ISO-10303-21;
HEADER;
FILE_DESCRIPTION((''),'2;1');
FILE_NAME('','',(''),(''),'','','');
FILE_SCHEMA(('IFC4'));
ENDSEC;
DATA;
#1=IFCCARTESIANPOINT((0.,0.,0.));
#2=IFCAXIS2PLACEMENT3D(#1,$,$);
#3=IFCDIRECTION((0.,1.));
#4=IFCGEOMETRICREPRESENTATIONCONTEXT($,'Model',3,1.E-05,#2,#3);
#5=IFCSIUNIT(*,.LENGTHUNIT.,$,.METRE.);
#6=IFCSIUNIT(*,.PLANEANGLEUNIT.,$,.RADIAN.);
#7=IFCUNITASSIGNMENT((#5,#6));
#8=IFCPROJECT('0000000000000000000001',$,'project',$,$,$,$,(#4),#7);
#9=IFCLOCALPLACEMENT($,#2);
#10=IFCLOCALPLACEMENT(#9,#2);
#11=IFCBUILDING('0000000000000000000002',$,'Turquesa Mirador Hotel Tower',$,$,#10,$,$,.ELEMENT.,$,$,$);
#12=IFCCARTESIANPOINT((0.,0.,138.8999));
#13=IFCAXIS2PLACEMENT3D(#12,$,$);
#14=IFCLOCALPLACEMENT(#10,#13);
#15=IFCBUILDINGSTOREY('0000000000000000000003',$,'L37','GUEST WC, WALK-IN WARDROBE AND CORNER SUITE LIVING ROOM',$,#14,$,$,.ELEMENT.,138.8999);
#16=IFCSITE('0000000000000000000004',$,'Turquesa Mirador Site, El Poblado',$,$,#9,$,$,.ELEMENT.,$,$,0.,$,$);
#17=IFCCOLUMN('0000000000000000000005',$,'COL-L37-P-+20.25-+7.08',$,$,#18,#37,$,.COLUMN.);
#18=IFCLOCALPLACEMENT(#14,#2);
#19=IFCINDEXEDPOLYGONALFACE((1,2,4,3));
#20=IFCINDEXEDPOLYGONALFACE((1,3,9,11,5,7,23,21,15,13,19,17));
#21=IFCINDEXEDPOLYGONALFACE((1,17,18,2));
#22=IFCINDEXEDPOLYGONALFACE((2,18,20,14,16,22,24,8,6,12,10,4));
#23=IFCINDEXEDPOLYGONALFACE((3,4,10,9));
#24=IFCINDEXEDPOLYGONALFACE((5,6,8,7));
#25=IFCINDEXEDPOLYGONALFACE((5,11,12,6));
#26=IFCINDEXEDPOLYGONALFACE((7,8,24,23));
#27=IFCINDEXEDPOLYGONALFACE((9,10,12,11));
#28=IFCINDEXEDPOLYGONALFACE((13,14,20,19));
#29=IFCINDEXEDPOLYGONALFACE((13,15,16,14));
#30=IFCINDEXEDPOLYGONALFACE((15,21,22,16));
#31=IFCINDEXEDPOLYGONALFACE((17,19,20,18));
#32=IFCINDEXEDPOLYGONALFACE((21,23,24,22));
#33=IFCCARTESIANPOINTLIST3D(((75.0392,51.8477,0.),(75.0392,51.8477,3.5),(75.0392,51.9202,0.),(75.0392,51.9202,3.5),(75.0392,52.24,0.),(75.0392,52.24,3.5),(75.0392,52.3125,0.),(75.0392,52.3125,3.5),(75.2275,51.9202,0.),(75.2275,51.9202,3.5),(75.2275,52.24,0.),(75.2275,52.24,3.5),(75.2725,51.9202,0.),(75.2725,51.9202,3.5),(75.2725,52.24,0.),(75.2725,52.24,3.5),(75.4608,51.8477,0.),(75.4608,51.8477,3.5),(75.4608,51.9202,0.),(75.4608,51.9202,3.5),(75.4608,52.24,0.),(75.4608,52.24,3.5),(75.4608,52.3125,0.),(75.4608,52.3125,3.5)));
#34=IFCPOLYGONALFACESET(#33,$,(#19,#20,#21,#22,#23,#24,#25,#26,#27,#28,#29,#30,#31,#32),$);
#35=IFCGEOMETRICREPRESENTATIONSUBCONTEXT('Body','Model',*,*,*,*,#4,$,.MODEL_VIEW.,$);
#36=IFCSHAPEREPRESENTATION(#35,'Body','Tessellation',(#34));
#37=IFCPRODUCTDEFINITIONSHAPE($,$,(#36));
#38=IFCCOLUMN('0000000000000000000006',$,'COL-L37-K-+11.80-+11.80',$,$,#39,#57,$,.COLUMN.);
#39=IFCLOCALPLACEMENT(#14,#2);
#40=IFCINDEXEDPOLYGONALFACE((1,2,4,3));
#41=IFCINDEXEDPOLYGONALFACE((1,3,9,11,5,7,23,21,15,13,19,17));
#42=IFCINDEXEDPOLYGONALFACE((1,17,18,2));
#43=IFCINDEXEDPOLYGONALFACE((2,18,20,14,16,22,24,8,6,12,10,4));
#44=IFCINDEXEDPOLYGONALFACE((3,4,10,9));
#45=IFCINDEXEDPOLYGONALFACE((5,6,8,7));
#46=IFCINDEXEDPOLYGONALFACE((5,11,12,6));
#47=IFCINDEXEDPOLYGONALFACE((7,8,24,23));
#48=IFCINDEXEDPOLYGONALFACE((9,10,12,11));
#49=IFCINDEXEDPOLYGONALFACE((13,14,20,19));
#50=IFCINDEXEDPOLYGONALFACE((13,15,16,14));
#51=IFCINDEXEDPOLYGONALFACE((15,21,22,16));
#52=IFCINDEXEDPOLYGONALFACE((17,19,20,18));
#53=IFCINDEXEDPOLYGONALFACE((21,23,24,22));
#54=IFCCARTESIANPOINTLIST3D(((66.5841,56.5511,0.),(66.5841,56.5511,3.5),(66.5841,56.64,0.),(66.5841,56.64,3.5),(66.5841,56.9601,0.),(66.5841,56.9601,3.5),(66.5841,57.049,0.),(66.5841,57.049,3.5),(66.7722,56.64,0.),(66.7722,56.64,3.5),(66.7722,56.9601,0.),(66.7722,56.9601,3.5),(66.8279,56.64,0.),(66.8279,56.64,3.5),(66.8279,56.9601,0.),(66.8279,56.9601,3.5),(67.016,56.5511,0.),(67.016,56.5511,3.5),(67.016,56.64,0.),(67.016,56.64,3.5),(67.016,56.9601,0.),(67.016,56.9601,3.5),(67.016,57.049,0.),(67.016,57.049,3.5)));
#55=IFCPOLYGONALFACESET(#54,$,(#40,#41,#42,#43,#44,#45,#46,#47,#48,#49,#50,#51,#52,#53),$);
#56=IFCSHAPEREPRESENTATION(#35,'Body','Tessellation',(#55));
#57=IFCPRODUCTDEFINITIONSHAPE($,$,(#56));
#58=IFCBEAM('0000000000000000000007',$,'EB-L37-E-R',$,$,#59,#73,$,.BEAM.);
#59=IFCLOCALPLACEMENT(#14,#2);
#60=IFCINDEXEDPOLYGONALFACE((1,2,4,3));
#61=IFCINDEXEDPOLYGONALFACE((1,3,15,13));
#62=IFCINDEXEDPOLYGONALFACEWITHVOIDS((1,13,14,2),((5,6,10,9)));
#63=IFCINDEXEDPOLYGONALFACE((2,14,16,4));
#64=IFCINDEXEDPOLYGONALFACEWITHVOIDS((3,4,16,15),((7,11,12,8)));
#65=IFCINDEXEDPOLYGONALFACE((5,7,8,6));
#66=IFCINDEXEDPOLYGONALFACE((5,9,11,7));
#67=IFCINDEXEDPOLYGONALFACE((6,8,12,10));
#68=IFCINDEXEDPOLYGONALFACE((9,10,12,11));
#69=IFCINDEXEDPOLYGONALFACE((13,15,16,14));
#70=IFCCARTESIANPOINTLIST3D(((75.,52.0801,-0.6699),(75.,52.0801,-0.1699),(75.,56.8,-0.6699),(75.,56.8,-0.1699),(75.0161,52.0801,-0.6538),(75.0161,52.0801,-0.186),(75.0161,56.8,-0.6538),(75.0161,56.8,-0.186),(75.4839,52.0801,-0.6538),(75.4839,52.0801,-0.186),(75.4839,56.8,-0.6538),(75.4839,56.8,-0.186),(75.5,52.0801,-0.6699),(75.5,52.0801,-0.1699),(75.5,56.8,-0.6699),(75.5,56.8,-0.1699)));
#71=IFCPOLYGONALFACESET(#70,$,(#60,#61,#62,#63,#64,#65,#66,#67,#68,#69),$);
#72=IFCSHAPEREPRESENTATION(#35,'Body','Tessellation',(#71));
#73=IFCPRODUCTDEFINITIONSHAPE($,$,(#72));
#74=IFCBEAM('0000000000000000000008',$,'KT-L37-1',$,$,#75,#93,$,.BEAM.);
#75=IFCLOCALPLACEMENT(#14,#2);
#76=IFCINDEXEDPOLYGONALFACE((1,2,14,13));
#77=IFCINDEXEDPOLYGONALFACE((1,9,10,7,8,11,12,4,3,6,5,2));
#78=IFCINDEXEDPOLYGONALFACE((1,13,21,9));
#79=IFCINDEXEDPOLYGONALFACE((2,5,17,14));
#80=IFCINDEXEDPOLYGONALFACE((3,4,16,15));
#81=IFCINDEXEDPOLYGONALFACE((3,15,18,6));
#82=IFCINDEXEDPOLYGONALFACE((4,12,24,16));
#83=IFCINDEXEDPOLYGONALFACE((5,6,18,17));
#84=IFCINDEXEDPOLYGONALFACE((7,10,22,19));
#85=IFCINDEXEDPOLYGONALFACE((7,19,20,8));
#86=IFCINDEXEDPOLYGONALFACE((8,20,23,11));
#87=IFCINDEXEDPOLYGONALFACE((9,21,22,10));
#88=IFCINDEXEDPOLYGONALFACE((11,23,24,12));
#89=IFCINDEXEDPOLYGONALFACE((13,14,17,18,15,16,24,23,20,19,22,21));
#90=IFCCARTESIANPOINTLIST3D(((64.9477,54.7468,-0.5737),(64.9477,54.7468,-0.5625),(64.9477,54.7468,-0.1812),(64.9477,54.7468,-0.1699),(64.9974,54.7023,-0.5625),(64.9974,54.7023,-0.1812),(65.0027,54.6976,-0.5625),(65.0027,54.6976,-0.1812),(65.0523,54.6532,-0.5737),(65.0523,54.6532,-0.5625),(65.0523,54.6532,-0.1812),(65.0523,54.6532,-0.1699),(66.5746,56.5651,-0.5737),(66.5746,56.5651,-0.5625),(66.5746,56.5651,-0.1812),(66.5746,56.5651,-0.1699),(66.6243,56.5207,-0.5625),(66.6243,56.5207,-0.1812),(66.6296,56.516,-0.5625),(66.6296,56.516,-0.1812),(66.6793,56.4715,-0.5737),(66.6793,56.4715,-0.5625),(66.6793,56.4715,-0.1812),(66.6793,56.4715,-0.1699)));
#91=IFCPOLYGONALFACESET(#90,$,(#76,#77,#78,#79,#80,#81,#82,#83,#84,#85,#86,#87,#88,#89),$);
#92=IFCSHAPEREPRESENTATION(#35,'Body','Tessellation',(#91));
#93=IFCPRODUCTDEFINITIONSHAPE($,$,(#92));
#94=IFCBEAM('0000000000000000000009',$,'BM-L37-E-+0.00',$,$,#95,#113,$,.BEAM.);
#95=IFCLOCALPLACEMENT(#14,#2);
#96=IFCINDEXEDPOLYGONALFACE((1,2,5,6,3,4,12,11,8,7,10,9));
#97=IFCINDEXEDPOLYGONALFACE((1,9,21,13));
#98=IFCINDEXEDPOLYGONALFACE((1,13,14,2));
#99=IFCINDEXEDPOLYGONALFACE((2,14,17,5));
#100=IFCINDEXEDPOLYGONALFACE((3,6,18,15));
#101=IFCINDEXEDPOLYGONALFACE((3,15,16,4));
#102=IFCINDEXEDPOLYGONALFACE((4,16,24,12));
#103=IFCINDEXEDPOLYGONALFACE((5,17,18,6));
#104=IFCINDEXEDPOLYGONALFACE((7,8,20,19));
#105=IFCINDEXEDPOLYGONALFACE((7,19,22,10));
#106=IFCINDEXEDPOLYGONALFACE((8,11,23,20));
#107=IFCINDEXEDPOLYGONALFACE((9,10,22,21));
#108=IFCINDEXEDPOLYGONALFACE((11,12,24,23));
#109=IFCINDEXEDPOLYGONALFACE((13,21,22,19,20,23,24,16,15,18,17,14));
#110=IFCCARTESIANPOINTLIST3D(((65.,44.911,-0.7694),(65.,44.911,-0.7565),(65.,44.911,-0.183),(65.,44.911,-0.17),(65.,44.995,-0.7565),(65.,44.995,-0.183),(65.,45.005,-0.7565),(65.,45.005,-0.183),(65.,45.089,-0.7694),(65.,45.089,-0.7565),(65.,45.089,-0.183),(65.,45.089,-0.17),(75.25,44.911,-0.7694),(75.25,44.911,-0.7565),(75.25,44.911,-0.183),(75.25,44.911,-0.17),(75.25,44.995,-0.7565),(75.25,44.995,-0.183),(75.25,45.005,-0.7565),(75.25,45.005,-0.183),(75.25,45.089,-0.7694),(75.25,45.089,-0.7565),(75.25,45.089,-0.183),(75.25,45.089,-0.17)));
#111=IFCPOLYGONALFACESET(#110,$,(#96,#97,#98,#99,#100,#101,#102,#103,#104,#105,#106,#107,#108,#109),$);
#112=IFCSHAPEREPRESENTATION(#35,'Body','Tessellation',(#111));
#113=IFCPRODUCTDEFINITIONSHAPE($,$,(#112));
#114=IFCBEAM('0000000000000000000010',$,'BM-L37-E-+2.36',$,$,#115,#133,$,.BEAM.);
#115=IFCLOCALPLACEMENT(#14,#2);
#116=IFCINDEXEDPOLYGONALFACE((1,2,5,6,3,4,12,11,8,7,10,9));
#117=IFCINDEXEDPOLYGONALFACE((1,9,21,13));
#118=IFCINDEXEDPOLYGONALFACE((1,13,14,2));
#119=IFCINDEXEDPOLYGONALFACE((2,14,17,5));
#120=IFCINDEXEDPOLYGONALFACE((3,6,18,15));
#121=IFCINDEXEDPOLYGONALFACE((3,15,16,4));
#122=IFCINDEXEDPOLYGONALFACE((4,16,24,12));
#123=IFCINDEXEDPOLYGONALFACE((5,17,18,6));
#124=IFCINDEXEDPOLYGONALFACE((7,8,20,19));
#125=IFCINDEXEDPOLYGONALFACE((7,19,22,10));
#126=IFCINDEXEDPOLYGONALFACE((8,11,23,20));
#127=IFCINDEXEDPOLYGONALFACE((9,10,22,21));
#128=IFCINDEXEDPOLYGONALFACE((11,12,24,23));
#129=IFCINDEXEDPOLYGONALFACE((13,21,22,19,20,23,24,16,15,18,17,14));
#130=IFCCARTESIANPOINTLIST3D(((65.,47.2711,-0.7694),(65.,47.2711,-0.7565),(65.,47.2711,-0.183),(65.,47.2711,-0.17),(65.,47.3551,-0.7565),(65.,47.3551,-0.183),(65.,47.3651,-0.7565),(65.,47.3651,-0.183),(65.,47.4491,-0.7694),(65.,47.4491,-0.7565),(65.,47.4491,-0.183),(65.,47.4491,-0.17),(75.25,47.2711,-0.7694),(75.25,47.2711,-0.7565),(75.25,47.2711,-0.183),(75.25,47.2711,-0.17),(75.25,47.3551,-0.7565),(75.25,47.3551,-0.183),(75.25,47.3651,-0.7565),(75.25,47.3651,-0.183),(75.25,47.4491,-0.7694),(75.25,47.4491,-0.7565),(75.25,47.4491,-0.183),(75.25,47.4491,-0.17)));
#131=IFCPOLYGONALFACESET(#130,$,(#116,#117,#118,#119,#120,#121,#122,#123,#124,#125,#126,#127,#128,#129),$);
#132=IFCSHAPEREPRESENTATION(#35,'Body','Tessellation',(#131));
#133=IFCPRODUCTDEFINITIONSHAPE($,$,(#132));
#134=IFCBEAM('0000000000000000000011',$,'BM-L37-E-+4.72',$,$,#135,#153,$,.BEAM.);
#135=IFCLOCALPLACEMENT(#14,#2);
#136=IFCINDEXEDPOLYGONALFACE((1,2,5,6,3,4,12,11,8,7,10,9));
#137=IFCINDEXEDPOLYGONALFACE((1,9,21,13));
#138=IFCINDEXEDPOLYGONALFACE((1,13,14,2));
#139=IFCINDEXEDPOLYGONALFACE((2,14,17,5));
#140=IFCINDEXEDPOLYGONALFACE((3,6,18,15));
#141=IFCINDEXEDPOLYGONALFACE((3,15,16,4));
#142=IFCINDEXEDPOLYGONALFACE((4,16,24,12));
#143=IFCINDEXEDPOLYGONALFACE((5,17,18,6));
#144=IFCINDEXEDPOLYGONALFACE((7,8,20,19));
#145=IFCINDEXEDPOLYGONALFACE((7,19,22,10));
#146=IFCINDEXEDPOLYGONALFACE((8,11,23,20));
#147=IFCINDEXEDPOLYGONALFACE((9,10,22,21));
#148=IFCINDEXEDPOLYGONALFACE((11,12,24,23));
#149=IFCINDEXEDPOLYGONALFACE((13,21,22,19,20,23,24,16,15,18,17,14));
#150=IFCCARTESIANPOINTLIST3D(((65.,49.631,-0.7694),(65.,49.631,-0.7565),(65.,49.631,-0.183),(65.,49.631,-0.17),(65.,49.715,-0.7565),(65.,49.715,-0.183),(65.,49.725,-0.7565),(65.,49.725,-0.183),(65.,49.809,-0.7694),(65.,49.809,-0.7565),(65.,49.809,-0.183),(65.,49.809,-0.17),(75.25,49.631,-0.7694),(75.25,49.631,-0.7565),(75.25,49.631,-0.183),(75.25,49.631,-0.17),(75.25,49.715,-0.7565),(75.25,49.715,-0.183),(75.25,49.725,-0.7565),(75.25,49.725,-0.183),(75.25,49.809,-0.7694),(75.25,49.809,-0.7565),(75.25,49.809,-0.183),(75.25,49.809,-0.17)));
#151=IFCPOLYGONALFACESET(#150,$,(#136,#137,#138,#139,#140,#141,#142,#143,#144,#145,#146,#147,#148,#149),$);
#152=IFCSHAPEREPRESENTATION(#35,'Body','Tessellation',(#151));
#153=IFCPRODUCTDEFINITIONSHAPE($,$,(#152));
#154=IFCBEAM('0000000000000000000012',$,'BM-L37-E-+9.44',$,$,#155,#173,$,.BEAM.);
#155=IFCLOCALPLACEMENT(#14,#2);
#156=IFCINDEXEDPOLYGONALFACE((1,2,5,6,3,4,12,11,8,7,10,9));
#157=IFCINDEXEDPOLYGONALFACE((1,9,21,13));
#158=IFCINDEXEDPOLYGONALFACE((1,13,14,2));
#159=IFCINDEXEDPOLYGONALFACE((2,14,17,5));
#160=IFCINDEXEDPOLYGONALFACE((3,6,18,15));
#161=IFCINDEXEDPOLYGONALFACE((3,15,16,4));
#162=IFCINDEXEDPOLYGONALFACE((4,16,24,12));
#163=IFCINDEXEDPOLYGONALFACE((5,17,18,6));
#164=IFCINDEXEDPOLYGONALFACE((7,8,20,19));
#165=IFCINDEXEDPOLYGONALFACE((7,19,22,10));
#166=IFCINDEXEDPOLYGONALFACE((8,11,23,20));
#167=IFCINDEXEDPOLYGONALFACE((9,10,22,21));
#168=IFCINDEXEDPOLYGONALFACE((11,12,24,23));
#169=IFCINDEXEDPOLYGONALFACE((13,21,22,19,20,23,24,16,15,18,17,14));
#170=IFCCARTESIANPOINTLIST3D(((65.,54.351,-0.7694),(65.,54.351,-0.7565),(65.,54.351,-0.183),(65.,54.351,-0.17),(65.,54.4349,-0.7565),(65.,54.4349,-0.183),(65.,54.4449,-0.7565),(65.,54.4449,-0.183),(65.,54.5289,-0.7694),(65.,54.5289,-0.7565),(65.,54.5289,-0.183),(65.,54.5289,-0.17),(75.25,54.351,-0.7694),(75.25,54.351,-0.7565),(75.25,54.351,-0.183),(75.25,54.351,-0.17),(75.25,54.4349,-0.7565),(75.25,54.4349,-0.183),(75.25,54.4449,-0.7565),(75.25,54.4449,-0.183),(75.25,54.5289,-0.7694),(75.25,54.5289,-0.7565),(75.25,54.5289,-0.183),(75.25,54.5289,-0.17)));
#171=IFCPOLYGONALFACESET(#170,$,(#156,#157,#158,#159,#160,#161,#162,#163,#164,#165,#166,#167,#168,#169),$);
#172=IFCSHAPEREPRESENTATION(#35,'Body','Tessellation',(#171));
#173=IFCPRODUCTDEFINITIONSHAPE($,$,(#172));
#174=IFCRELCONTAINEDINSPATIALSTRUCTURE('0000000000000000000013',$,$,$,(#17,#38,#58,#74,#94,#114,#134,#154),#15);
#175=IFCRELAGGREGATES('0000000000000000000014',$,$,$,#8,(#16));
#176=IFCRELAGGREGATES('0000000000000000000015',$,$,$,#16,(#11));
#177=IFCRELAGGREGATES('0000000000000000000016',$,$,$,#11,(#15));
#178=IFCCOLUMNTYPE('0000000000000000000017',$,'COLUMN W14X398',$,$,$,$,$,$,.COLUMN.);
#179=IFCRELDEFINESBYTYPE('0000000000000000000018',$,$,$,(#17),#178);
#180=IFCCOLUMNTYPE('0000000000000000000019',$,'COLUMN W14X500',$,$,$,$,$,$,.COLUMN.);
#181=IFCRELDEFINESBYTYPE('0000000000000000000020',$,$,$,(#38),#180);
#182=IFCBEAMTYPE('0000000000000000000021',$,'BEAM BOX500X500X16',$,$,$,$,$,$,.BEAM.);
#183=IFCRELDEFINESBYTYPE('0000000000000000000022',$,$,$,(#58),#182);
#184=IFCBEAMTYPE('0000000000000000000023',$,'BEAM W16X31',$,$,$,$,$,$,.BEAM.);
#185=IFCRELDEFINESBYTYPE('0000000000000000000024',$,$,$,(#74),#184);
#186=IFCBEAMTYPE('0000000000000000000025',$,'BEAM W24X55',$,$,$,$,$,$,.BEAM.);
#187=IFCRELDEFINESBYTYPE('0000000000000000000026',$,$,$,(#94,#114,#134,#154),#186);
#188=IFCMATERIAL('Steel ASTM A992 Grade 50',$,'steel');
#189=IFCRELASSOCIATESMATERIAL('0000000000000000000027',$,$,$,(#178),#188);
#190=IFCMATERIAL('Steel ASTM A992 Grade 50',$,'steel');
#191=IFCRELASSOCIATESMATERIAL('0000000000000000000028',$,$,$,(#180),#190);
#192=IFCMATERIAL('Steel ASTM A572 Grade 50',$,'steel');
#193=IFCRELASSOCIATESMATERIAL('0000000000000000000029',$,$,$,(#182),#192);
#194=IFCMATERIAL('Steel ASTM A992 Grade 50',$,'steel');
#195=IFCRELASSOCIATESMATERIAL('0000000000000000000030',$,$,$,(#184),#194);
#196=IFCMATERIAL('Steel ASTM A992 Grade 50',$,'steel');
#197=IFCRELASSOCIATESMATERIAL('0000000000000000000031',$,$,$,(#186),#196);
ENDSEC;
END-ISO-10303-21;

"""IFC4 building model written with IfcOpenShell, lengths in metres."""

from ifc_helpers import new_model, si_unit, direction, frame, origin, origin_2d, place, context, subcontext, project, spatial, hollow_rectangle, i_section, extrude, material, material_profile, profile_set, type_object, element, save


model = new_model("IFC4")

# Units and contexts
model_context = context("Model", 3, precision=1e-05, world=origin(), true_north=direction((0.0, 1.0)))
body_context = subcontext(model_context, "Body", "Model", "MODEL_VIEW")
ifc_project = project(units=[si_unit("LENGTHUNIT", "METRE"), si_unit("PLANEANGLEUNIT", "RADIAN")], contexts=[model_context])

# Site, building, storey
site_placement = place(None, origin())
site = spatial("IfcSite", under=ifc_project, at=site_placement, Name="Turquesa Mirador Site, El Poblado", CompositionType="ELEMENT", RefElevation=0.0)
building_placement = place(site_placement, origin())
building = spatial("IfcBuilding", under=site, at=building_placement, Name="Turquesa Mirador Hotel Tower", CompositionType="ELEMENT")
storey_placement = place(building_placement, frame((0.0, 0.0, 138.8999)))
storey = spatial("IfcBuildingStorey", under=building, at=storey_placement, Name="L37", Description="GUEST WC, WALK-IN WARDROBE AND CORNER SUITE LIVING ROOM", CompositionType="ELEMENT", Elevation=138.8999)

# Columns
ifc_material_1 = material(Name="Steel ASTM A992 Grade 50", Category="steel")
ifc_material_profile_1 = material_profile(ifc_material_1, i_section(OverallWidth=0.4216, OverallDepth=0.4648, WebThickness=0.0449, FlangeThickness=0.0725, at=origin_2d()), Name="W14X398")
ifc_profile_set_1 = profile_set([ifc_material_profile_1], Name="Steel ASTM A992 Grade 50")
column_type_1 = type_object("IfcColumnType", Name="COLUMN W14X398", PredefinedType="COLUMN", material=ifc_profile_set_1)
column_1_placement = place(storey_placement, frame((75.25, 52.0801, 0.0), z_axis=(0.0, 0.0, 1.0), x_axis=(1.0, 0.0, 0.0)))
element("IfcColumn", 1, at=column_1_placement, inside=storey, type_object=column_type_1, Name="COL-L37-P-+20.25-+7.08", PredefinedType="COLUMN", context=body_context, shape_type="SweptSolid", body=[
    extrude(i_section(OverallWidth=0.4216, OverallDepth=0.4648, WebThickness=0.0449, FlangeThickness=0.0725, at=origin_2d()), origin(), (0.0, 0.0, 1.0), 3.5),
])
ifc_material_2 = material(Name="Steel ASTM A992 Grade 50", Category="steel")
ifc_material_profile_2 = material_profile(ifc_material_2, i_section(OverallWidth=0.4319, OverallDepth=0.4978, WebThickness=0.0557, FlangeThickness=0.0889, at=origin_2d()), Name="W14X500")
ifc_profile_set_2 = profile_set([ifc_material_profile_2], Name="Steel ASTM A992 Grade 50")
column_type_2 = type_object("IfcColumnType", Name="COLUMN W14X500", PredefinedType="COLUMN", material=ifc_profile_set_2)
column_2_placement = place(storey_placement, frame((66.8, 56.8, 0.0), z_axis=(0.0, 0.0, 1.0), x_axis=(1.0, 0.0, 0.0)))
element("IfcColumn", 2, at=column_2_placement, inside=storey, type_object=column_type_2, Name="COL-L37-K-+11.80-+11.80", PredefinedType="COLUMN", context=body_context, shape_type="SweptSolid", body=[
    extrude(i_section(OverallWidth=0.4319, OverallDepth=0.4978, WebThickness=0.0557, FlangeThickness=0.0889, at=origin_2d()), origin(), (0.0, 0.0, 1.0), 3.5),
])

# Beams
ifc_material_3 = material(Name="Steel ASTM A572 Grade 50", Category="steel")
ifc_material_profile_3 = material_profile(ifc_material_3, hollow_rectangle(XDim=0.5, YDim=0.5, WallThickness=0.0161, at=origin_2d()), Name="BOX500X500X16")
ifc_profile_set_3 = profile_set([ifc_material_profile_3], Name="Steel ASTM A572 Grade 50")
beam_type_1 = type_object("IfcBeamType", Name="BEAM BOX500X500X16", PredefinedType="BEAM", material=ifc_profile_set_3)
beam_1_placement = place(storey_placement, frame((75.25, 52.0801, -0.4199), z_axis=(0.0, 1.0, 0.0), x_axis=(-1.0, 0.0, 0.0)))
element("IfcBeam", 3, at=beam_1_placement, inside=storey, type_object=beam_type_1, Name="EB-L37-E-R", PredefinedType="BEAM", context=body_context, shape_type="SweptSolid", body=[
    extrude(hollow_rectangle(XDim=0.5, YDim=0.5, WallThickness=0.0161, at=origin_2d()), origin(), (0.0, 0.0, 1.0), 4.72),
])
ifc_material_4 = material(Name="Steel ASTM A992 Grade 50", Category="steel")
ifc_material_profile_4 = material_profile(ifc_material_4, i_section(OverallWidth=0.1404, OverallDepth=0.4038, WebThickness=0.0071, FlangeThickness=0.0112, at=origin_2d()), Name="W16X31")
ifc_profile_set_4 = profile_set([ifc_material_profile_4], Name="Steel ASTM A992 Grade 50")
beam_type_2 = type_object("IfcBeamType", Name="BEAM W16X31", PredefinedType="BEAM", material=ifc_profile_set_4)
beam_2_placement = place(storey_placement, frame((66.627, 56.5183, -0.3718), z_axis=(-0.666795, -0.745241, 0.0), x_axis=(0.745241, -0.666795, 0.0)))
element("IfcBeam", 4, at=beam_2_placement, inside=storey, type_object=beam_type_2, Name="KT-L37-1", PredefinedType="BEAM", context=body_context, shape_type="SweptSolid", body=[
    extrude(i_section(OverallWidth=0.1404, OverallDepth=0.4038, WebThickness=0.0071, FlangeThickness=0.0112, at=origin_2d()), origin(), (0.0, 0.0, 1.0), 2.4399),
])
ifc_material_5 = material(Name="Steel ASTM A992 Grade 50", Category="steel")
ifc_material_profile_5 = material_profile(ifc_material_5, i_section(OverallWidth=0.178, OverallDepth=0.5994, WebThickness=0.01, FlangeThickness=0.0129, at=origin_2d()), Name="W24X55")
ifc_profile_set_5 = profile_set([ifc_material_profile_5], Name="Steel ASTM A992 Grade 50")
beam_type_3 = type_object("IfcBeamType", Name="BEAM W24X55", PredefinedType="BEAM", material=ifc_profile_set_5)
for number, where, z_axis, x_axis, name in (
    (5, (75.25, 45.0, -0.4697), (-1.0, 0.0, 0.0), (0.0, -1.0, 0.0), "BM-L37-E-+0.00"),
    (6, (75.25, 47.3601, -0.4697), (-1.0, 0.0, 0.0), (0.0, -1.0, 0.0), "BM-L37-E-+2.36"),
    (7, (75.25, 49.72, -0.4697), (-1.0, 0.0, 0.0), (0.0, -1.0, 0.0), "BM-L37-E-+4.72"),
    (8, (75.25, 54.4399, -0.4697), (-1.0, 0.0, 0.0), (0.0, -1.0, 0.0), "BM-L37-E-+9.44"),
):
    element("IfcBeam", number, at=place(storey_placement, frame(where, z_axis=z_axis, x_axis=x_axis)), inside=storey, type_object=beam_type_3, Name=name, PredefinedType="BEAM", context=body_context, shape_type="SweptSolid", body=[
        extrude(i_section(OverallWidth=0.178, OverallDepth=0.5994, WebThickness=0.01, FlangeThickness=0.0129, at=origin_2d()), origin(), (0.0, 0.0, 1.0), 10.25),
    ])

save(model, "model.ifc")
